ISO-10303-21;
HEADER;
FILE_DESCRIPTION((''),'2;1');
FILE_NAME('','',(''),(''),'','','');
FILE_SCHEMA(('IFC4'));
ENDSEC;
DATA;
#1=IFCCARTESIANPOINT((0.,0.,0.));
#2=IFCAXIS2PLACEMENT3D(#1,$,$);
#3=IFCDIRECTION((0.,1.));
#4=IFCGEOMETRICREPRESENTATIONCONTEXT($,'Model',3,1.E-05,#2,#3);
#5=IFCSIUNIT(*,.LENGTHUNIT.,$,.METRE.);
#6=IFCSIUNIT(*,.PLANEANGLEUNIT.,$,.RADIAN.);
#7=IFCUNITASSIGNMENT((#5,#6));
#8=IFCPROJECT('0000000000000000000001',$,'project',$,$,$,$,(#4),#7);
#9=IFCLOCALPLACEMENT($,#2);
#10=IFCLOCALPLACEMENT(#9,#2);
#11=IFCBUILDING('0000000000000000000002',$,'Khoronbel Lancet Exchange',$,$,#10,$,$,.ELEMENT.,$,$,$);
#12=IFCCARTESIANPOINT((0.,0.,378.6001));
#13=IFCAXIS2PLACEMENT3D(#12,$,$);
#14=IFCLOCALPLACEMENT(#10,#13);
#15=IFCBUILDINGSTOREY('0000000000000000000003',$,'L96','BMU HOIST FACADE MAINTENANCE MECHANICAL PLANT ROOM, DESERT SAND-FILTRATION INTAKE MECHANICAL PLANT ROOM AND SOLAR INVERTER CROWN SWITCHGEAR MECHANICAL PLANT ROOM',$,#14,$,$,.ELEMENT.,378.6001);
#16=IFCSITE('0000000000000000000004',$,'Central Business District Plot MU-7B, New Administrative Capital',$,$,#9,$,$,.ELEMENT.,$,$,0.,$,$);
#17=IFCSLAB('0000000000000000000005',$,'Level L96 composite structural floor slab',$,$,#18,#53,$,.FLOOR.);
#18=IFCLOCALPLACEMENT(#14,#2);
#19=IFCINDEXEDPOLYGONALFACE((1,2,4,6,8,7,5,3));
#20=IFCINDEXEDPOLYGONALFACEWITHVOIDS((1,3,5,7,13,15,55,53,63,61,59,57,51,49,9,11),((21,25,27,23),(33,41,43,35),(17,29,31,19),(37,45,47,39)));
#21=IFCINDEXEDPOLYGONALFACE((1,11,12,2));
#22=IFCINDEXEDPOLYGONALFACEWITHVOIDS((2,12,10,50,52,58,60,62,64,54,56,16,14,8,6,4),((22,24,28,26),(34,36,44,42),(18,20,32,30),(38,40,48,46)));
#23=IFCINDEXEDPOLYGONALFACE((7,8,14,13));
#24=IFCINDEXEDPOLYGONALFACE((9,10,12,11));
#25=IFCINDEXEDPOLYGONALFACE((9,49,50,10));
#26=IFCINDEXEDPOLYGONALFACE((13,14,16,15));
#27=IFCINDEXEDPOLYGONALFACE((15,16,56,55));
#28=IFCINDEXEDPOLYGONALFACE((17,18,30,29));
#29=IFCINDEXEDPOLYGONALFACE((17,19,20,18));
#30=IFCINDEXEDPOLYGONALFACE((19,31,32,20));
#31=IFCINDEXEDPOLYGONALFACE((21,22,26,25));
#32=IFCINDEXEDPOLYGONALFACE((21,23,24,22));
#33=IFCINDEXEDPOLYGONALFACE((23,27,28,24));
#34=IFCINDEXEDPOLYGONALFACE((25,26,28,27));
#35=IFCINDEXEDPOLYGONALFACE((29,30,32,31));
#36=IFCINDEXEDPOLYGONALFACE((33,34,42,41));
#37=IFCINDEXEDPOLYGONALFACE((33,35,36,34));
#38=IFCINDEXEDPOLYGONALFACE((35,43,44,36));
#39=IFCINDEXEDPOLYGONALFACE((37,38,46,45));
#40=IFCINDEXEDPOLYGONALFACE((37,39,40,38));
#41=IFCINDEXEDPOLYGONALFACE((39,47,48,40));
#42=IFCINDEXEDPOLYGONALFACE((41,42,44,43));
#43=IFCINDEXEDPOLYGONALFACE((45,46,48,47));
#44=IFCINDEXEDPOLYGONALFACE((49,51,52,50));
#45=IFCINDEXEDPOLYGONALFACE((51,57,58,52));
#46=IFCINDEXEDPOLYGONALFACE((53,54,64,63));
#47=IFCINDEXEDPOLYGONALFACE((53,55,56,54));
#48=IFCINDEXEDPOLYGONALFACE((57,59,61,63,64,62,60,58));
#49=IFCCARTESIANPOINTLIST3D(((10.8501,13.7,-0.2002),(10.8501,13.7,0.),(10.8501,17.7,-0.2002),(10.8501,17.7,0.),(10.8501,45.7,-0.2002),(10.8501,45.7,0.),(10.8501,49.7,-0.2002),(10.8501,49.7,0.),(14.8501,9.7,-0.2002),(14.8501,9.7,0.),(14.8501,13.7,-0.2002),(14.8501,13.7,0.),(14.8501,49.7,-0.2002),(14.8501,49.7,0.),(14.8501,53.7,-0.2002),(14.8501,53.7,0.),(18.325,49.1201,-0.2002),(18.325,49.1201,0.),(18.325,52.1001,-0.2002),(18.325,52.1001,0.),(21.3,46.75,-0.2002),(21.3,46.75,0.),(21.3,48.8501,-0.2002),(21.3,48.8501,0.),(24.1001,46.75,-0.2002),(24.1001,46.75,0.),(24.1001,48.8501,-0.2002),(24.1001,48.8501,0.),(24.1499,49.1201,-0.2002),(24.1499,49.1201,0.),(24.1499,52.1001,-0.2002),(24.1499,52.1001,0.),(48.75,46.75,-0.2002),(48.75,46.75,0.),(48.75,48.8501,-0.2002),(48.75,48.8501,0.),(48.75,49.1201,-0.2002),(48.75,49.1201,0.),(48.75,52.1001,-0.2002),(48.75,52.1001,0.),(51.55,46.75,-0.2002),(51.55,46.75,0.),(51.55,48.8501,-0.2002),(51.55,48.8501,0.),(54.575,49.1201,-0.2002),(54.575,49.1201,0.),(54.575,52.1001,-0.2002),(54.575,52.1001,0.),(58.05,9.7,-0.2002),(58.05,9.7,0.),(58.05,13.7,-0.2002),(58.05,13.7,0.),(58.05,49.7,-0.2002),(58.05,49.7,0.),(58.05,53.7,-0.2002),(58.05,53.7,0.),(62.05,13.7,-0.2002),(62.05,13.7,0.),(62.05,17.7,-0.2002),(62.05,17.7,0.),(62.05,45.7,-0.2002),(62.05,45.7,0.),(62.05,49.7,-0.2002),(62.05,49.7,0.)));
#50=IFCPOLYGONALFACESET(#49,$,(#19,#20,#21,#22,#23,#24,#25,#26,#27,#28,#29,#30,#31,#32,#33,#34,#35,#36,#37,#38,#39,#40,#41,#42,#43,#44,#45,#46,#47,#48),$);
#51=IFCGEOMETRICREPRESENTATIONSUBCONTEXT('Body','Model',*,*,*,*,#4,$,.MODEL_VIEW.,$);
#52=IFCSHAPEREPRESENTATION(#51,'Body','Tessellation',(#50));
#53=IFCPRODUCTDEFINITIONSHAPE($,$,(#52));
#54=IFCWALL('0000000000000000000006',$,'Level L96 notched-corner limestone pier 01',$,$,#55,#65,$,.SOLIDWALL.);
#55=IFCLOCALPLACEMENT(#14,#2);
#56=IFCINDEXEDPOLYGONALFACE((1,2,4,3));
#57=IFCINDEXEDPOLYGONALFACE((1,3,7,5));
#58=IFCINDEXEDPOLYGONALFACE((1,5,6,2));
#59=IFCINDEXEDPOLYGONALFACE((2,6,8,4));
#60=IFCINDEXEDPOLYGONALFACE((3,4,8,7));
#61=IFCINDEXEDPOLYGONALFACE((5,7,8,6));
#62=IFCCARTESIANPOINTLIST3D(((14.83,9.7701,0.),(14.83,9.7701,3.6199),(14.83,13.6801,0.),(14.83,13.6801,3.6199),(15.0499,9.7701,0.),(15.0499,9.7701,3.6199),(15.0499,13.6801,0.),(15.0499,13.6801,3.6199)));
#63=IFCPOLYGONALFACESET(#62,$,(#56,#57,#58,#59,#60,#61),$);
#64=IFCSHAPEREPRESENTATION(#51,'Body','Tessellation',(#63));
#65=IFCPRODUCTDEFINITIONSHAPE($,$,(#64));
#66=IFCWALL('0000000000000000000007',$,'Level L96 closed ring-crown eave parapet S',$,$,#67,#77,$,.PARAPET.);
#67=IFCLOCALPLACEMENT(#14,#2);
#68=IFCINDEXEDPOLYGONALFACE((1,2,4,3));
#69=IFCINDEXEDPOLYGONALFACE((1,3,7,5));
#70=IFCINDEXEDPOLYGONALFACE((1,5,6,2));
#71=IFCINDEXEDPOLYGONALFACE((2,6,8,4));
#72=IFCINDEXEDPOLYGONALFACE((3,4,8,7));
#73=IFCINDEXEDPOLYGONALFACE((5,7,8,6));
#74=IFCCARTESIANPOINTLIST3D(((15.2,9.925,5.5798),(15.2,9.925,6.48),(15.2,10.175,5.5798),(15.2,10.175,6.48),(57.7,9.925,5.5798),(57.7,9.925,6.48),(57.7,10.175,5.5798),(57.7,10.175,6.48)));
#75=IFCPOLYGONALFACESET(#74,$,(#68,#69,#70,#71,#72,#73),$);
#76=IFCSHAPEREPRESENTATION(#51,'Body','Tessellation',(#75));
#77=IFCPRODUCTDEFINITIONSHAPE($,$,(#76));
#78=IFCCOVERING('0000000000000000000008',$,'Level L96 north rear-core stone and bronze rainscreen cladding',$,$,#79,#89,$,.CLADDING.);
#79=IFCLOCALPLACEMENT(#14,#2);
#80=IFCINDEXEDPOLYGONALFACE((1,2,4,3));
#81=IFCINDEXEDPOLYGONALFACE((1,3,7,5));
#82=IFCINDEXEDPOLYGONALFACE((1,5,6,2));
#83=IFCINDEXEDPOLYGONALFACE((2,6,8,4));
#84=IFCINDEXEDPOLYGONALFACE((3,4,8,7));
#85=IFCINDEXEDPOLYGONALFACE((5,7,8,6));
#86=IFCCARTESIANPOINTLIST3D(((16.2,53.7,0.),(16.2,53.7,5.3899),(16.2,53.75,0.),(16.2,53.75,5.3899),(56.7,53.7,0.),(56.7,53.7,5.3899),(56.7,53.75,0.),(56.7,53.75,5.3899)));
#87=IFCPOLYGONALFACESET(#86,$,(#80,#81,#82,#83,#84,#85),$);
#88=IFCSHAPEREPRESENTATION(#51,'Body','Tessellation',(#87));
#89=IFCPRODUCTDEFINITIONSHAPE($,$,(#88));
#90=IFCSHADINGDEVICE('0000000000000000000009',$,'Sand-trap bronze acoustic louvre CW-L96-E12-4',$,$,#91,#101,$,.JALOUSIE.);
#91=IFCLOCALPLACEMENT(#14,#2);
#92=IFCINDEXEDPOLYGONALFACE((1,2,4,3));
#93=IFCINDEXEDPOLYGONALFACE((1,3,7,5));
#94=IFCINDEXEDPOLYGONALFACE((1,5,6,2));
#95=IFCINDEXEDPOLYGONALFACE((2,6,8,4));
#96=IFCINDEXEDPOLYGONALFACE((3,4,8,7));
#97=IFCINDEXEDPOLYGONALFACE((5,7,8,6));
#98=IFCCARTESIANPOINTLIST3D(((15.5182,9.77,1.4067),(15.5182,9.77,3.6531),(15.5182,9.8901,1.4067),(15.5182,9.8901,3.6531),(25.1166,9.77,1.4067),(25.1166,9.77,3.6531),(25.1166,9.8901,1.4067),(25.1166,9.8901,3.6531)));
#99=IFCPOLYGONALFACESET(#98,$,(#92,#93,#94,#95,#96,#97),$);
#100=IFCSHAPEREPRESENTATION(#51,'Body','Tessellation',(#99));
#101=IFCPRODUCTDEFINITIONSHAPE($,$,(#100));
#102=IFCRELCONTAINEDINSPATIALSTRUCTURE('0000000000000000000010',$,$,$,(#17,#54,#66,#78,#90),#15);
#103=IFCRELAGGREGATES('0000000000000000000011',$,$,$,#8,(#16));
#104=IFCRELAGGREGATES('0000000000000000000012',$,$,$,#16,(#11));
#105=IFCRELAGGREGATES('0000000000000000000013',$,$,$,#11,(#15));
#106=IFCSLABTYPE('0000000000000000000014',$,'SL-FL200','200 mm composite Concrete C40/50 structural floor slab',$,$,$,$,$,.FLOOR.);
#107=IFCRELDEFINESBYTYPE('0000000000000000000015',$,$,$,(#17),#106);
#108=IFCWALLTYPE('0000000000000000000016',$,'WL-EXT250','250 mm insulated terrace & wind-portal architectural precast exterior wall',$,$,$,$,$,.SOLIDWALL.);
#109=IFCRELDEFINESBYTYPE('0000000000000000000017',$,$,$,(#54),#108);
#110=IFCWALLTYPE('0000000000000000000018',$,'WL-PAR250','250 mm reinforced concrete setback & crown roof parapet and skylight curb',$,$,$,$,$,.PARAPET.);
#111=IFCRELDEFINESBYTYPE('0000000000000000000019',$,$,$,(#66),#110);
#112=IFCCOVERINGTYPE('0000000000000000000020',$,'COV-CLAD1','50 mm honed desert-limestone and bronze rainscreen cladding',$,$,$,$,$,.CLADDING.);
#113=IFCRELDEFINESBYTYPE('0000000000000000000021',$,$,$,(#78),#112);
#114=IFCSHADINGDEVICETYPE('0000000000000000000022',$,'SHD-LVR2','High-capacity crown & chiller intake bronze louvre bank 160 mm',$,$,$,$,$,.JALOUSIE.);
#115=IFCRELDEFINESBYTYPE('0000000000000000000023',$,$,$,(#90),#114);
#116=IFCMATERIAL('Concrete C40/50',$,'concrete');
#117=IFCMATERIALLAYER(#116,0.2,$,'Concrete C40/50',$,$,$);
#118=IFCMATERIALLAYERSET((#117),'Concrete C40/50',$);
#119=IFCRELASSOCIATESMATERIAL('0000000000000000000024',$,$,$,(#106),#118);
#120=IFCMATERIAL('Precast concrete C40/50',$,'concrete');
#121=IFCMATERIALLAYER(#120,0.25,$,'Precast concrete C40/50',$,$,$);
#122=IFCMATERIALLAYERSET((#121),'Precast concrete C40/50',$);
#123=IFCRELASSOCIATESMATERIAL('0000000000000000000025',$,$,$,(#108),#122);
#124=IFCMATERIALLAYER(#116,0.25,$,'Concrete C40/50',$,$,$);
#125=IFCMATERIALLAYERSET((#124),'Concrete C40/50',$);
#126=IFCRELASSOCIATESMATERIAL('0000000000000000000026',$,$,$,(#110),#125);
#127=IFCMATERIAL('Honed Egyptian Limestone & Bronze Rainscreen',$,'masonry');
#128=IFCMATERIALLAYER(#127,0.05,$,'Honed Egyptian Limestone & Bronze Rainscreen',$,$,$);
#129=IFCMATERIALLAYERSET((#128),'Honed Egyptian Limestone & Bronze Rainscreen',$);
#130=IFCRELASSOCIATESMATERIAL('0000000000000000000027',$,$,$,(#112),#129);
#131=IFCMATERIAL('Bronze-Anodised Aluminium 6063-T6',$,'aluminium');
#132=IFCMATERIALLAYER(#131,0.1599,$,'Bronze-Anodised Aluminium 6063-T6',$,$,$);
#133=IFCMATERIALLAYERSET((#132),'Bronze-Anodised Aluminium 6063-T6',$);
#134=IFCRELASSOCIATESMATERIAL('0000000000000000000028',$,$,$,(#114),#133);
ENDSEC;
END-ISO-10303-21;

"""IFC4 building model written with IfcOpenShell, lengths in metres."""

from ifc_helpers import new_model, si_unit, direction, frame, frame_2d, origin, origin_2d, place, context, subcontext, project, spatial, polyline, rectangle, outline, extrude, material, layer, layer_set, type_object, element, save


model = new_model("IFC4")

# Units and contexts
model_context = context("Model", 3, precision=1e-05, world=origin(), true_north=direction((0.0, 1.0)))
body_context = subcontext(model_context, "Body", "Model", "MODEL_VIEW")
ifc_project = project(units=[si_unit("LENGTHUNIT", "METRE"), si_unit("PLANEANGLEUNIT", "RADIAN")], contexts=[model_context])

# Site, building, storey
site_placement = place(None, origin())
site = spatial("IfcSite", under=ifc_project, at=site_placement, Name="Central Business District Plot MU-7B, New Administrative Capital", CompositionType="ELEMENT", RefElevation=0.0)
building_placement = place(site_placement, origin())
building = spatial("IfcBuilding", under=site, at=building_placement, Name="Khoronbel Lancet Exchange", CompositionType="ELEMENT")
storey_placement = place(building_placement, frame((0.0, 0.0, 378.6001)))
storey = spatial("IfcBuildingStorey", under=building, at=storey_placement, Name="L96", Description="BMU HOIST FACADE MAINTENANCE MECHANICAL PLANT ROOM, DESERT SAND-FILTRATION INTAKE MECHANICAL PLANT ROOM AND SOLAR INVERTER CROWN SWITCHGEAR MECHANICAL PLANT ROOM", CompositionType="ELEMENT", Elevation=378.6001)

# Shared definitions
ifc_material_1 = material(Name="Bronze-Anodised Aluminium 6063-T6", Category="aluminium")

# Slab
ifc_material_2 = material(Name="Concrete C40/50", Category="concrete")
ifc_layer_1 = layer(ifc_material_2, 0.2, Name="Concrete C40/50")
ifc_layer_set_1 = layer_set([ifc_layer_1], Name="Concrete C40/50")
slab_type = type_object("IfcSlabType", Name="SL-FL200", Description="200 mm composite Concrete C40/50 structural floor slab", PredefinedType="FLOOR", material=ifc_layer_set_1)
slab_placement = place(storey_placement, frame((0.0, 0.0, -0.2002)))
element("IfcSlab", 1, at=slab_placement, inside=storey, type_object=slab_type, Name="Level L96 composite structural floor slab", PredefinedType="FLOOR", context=body_context, shape_type="SweptSolid", body=[
    extrude(outline(polyline([(14.8501, 9.7), (58.05, 9.7), (58.05, 13.7), (62.05, 13.7), (62.05, 17.7), (62.05, 45.7), (62.05, 49.7), (58.05, 49.7), (58.05, 53.7), (14.8501, 53.7), (14.8501, 49.7), (10.8501, 49.7), (10.8501, 45.7), (10.8501, 17.7), (10.8501, 13.7), (14.8501, 13.7), (14.8501, 9.7)]), holes=[polyline([(18.325, 49.1201), (24.1499, 49.1201), (24.1499, 52.1001), (18.325, 52.1001), (18.325, 49.1201)]), polyline([(48.75, 49.1201), (54.575, 49.1201), (54.575, 52.1001), (48.75, 52.1001), (48.75, 49.1201)]), polyline([(21.3, 46.75), (24.1001, 46.75), (24.1001, 48.8501), (21.3, 48.8501), (21.3, 46.75)]), polyline([(48.75, 46.75), (51.55, 46.75), (51.55, 48.8501), (48.75, 48.8501), (48.75, 46.75)])]), origin(), (0.0, 0.0, 1.0), 0.2002),
])

# Walls
ifc_material_3 = material(Name="Precast concrete C40/50", Category="concrete")
ifc_layer_2 = layer(ifc_material_3, 0.25, Name="Precast concrete C40/50")
ifc_layer_set_2 = layer_set([ifc_layer_2], Name="Precast concrete C40/50")
wall_type_1 = type_object("IfcWallType", Name="WL-EXT250", Description="250 mm insulated terrace & wind-portal architectural precast exterior wall", PredefinedType="SOLIDWALL", material=ifc_layer_set_2)
wall_1_placement = place(storey_placement, frame((14.9399, 9.77, 0.0), z_axis=(0.0, 0.0, 1.0), x_axis=(0.0, 1.0, 0.0)))
element("IfcWall", 2, at=wall_1_placement, inside=storey, type_object=wall_type_1, Name="Level L96 notched-corner limestone pier 01", PredefinedType="SOLIDWALL", context=body_context, shape_type="SweptSolid", body=[
    extrude(rectangle(XDim=3.9099, YDim=0.22, at=frame_2d((1.9551, 0.0))), origin(), (0.0, 0.0, 1.0), 3.6199),
])
ifc_layer_3 = layer(ifc_material_2, 0.25, Name="Concrete C40/50")
ifc_layer_set_3 = layer_set([ifc_layer_3], Name="Concrete C40/50")
wall_type_2 = type_object("IfcWallType", Name="WL-PAR250", Description="250 mm reinforced concrete setback & crown roof parapet and skylight curb", PredefinedType="PARAPET", material=ifc_layer_set_3)
wall_2_placement = place(storey_placement, frame((15.2, 10.05, 5.5798), z_axis=(0.0, 0.0, 1.0), x_axis=(1.0, 0.0, 0.0)))
element("IfcWall", 3, at=wall_2_placement, inside=storey, type_object=wall_type_2, Name="Level L96 closed ring-crown eave parapet S", PredefinedType="PARAPET", context=body_context, shape_type="SweptSolid", body=[
    extrude(rectangle(XDim=42.5, YDim=0.25, at=frame_2d((21.25, 0.0))), origin(), (0.0, 0.0, 1.0), 0.9001),
])

# Covering
ifc_material_4 = material(Name="Honed Egyptian Limestone & Bronze Rainscreen", Category="masonry")
ifc_layer_4 = layer(ifc_material_4, 0.05, Name="Honed Egyptian Limestone & Bronze Rainscreen")
ifc_layer_set_4 = layer_set([ifc_layer_4], Name="Honed Egyptian Limestone & Bronze Rainscreen")
covering_type = type_object("IfcCoveringType", Name="COV-CLAD1", Description="50 mm honed desert-limestone and bronze rainscreen cladding", PredefinedType="CLADDING", material=ifc_layer_set_4)
covering_placement = place(storey_placement, origin())
element("IfcCovering", 4, at=covering_placement, inside=storey, type_object=covering_type, Name="Level L96 north rear-core stone and bronze rainscreen cladding", PredefinedType="CLADDING", context=body_context, shape_type="SweptSolid", body=[
    extrude(outline(polyline([(16.2, 53.7), (56.7, 53.7), (56.7, 53.75), (16.2, 53.75), (16.2, 53.7)])), origin(), (0.0, 0.0, 1.0), 5.3899),
])

# Shading device
ifc_layer_5 = layer(ifc_material_1, 0.1599, Name="Bronze-Anodised Aluminium 6063-T6")
ifc_layer_set_5 = layer_set([ifc_layer_5], Name="Bronze-Anodised Aluminium 6063-T6")
shading_device_type = type_object("IfcShadingDeviceType", Name="SHD-LVR2", Description="High-capacity crown & chiller intake bronze louvre bank 160 mm", PredefinedType="JALOUSIE", material=ifc_layer_set_5)
shading_device_placement = place(storey_placement, frame((20.3174, 9.8301, 1.4067), z_axis=(0.0, 0.0, 1.0), x_axis=(-1.0, 0.0, 0.0)))
element("IfcShadingDevice", 5, at=shading_device_placement, inside=storey, type_object=shading_device_type, Name="Sand-trap bronze acoustic louvre CW-L96-E12-4", PredefinedType="JALOUSIE", context=body_context, shape_type="SweptSolid", body=[
    extrude(rectangle(XDim=9.5984, YDim=0.1201, at=origin_2d()), origin(), (0.0, 0.0, 1.0), 2.2463),
])

save(model, "model.ifc")
